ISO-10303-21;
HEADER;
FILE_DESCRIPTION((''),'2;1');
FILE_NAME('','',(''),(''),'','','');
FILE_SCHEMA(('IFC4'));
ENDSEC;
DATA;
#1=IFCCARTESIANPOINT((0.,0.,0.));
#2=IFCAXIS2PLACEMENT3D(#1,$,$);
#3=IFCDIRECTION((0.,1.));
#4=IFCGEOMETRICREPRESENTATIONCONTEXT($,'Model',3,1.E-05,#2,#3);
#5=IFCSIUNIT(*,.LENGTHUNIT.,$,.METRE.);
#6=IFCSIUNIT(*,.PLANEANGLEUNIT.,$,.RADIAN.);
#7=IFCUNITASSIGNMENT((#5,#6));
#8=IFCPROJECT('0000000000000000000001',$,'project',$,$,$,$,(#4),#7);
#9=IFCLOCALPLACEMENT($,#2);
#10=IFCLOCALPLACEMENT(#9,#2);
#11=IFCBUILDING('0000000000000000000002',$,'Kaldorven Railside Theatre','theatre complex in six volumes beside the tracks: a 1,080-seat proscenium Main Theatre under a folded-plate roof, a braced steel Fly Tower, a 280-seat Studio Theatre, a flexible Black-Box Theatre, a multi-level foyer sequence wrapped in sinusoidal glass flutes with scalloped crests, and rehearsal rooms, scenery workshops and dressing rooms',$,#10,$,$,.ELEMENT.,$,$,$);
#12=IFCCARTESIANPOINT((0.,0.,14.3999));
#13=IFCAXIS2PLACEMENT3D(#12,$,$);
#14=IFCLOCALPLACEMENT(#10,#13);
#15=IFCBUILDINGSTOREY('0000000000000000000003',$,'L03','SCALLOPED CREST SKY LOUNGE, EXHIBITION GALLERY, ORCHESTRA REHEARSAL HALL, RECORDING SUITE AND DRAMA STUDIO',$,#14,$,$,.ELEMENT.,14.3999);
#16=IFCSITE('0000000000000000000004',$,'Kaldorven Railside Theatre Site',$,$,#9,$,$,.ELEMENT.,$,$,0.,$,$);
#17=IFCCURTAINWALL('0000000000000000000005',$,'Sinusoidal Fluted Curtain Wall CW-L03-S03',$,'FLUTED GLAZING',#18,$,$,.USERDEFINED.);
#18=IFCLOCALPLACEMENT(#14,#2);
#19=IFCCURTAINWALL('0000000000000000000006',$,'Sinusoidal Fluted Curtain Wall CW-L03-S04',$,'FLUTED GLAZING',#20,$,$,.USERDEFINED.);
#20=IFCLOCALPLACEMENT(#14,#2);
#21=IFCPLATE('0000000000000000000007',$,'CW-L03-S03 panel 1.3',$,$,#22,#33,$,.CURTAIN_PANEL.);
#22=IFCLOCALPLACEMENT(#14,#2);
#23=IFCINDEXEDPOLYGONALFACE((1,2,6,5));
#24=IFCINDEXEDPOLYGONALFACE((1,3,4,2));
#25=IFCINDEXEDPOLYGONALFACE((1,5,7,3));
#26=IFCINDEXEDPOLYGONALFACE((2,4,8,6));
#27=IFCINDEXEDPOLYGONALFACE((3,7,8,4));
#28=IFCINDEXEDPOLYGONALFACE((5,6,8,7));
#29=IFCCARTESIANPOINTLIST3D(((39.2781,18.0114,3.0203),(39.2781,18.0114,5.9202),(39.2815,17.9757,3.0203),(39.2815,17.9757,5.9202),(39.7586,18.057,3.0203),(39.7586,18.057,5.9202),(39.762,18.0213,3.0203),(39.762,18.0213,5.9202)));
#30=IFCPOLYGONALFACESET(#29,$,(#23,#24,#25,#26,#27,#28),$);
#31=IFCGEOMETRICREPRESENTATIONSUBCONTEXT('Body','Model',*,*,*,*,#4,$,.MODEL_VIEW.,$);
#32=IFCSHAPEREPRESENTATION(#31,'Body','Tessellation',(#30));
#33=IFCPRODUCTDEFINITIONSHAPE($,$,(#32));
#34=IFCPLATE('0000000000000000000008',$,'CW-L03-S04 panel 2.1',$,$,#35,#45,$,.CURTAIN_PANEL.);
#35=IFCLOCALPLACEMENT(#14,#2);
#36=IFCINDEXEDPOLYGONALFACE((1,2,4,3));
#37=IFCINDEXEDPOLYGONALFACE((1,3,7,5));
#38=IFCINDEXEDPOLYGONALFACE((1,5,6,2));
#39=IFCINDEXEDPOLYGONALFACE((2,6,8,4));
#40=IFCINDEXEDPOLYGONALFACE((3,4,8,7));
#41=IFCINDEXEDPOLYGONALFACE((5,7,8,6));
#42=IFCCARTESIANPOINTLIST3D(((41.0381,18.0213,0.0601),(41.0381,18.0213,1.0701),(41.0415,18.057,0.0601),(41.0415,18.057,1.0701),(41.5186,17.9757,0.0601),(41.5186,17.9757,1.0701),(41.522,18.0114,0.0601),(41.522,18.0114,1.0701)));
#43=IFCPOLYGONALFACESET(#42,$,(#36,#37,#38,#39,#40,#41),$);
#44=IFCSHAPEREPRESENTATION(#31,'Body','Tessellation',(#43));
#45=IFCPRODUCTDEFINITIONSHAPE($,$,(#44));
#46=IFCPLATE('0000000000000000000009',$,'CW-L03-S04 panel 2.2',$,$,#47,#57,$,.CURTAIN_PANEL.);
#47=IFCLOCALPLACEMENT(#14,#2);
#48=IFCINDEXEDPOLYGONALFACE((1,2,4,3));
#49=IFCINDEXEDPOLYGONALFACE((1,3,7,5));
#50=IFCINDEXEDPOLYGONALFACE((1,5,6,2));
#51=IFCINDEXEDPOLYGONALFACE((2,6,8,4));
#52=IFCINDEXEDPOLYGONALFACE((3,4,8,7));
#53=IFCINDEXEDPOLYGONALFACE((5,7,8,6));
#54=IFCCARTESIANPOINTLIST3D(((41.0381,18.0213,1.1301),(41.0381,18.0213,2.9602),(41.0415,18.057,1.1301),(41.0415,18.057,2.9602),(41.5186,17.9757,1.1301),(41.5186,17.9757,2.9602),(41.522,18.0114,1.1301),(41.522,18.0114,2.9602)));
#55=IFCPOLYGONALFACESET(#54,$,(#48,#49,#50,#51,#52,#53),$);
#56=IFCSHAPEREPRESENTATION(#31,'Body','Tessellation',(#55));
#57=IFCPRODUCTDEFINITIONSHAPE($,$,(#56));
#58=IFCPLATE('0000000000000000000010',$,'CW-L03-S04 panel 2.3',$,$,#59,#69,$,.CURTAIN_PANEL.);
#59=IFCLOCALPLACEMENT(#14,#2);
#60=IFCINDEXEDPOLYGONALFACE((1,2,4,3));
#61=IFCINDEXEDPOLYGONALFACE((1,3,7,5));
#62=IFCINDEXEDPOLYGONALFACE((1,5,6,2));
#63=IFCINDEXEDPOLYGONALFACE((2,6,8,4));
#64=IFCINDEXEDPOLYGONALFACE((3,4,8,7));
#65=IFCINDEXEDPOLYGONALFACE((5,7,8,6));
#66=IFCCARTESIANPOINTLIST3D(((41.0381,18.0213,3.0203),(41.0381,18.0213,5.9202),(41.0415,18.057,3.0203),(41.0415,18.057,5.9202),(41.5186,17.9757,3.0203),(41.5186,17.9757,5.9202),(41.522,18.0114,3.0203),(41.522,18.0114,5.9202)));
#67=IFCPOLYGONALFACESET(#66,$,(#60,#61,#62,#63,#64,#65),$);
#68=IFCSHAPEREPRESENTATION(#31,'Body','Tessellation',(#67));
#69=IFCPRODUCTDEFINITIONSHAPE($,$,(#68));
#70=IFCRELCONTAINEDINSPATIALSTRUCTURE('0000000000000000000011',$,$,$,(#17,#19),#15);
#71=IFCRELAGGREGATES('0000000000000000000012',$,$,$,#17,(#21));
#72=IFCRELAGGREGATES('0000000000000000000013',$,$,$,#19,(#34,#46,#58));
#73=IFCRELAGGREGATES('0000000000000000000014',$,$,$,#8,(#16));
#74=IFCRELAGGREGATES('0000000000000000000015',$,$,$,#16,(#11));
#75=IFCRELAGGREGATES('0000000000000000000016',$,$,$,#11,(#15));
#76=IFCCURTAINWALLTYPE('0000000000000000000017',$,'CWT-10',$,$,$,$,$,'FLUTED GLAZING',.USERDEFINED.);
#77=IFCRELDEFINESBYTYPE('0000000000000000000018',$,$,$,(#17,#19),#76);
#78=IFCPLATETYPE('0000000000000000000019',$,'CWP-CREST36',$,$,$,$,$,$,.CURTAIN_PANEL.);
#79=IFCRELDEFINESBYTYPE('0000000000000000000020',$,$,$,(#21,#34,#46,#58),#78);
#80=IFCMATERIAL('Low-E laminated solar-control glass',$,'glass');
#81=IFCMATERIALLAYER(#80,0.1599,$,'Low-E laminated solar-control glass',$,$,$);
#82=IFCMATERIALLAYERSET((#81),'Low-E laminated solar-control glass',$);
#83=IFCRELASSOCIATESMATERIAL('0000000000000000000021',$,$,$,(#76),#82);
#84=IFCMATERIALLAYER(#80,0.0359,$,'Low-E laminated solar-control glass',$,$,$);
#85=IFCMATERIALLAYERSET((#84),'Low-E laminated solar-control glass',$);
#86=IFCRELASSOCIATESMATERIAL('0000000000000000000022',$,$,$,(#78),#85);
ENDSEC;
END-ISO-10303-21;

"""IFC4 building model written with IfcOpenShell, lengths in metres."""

from ifc_helpers import new_model, si_unit, direction, frame, origin, origin_2d, place, context, subcontext, project, spatial, rectangle, extrude, material, layer, layer_set, type_object, element, aggregate, save


model = new_model("IFC4")

# Units and contexts
model_context = context("Model", 3, precision=1e-05, world=origin(), true_north=direction((0.0, 1.0)))
body_context = subcontext(model_context, "Body", "Model", "MODEL_VIEW")
ifc_project = project(units=[si_unit("LENGTHUNIT", "METRE"), si_unit("PLANEANGLEUNIT", "RADIAN")], contexts=[model_context])

# Site, building, storey
site_placement = place(None, origin())
site = spatial("IfcSite", under=ifc_project, at=site_placement, Name="Kaldorven Railside Theatre Site", CompositionType="ELEMENT", RefElevation=0.0)
building_placement = place(site_placement, origin())
building = spatial("IfcBuilding", under=site, at=building_placement, Name="Kaldorven Railside Theatre", Description="theatre complex in six volumes beside the tracks: a 1,080-seat proscenium Main Theatre under a folded-plate roof, a braced steel Fly Tower, a 280-seat Studio Theatre, a flexible Black-Box Theatre, a multi-level foyer sequence wrapped in sinusoidal glass flutes with scalloped crests, and rehearsal rooms, scenery workshops and dressing rooms", CompositionType="ELEMENT")
storey_placement = place(building_placement, frame((0.0, 0.0, 14.3999)))
storey = spatial("IfcBuildingStorey", under=building, at=storey_placement, Name="L03", Description="SCALLOPED CREST SKY LOUNGE, EXHIBITION GALLERY, ORCHESTRA REHEARSAL HALL, RECORDING SUITE AND DRAMA STUDIO", CompositionType="ELEMENT", Elevation=14.3999)

# Shared definitions
ifc_material_1 = material(Name="Low-E laminated solar-control glass", Category="glass")

# Curtain wall
ifc_layer_1 = layer(ifc_material_1, 0.1599, Name="Low-E laminated solar-control glass")
ifc_layer_set_1 = layer_set([ifc_layer_1], Name="Low-E laminated solar-control glass")
curtain_wall_type_1 = type_object("IfcCurtainWallType", Name="CWT-10", ElementType="FLUTED GLAZING", PredefinedType="USERDEFINED", material=ifc_layer_set_1)
curtain_wall_1_placement = place(storey_placement, origin())
curtain_wall_1 = element("IfcCurtainWall", 1, at=curtain_wall_1_placement, inside=storey, type_object=curtain_wall_type_1, Name="Sinusoidal Fluted Curtain Wall CW-L03-S03", ObjectType="FLUTED GLAZING", PredefinedType="USERDEFINED")

# Curtain wall
curtain_wall_2_placement = place(storey_placement, origin())
curtain_wall_2 = element("IfcCurtainWall", 2, at=curtain_wall_2_placement, inside=storey, type_object=curtain_wall_type_1, Name="Sinusoidal Fluted Curtain Wall CW-L03-S04", ObjectType="FLUTED GLAZING", PredefinedType="USERDEFINED")

# Plates
ifc_layer_2 = layer(ifc_material_1, 0.0359, Name="Low-E laminated solar-control glass")
ifc_layer_set_2 = layer_set([ifc_layer_2], Name="Low-E laminated solar-control glass")
plate_type = type_object("IfcPlateType", Name="CWP-CREST36", PredefinedType="CURTAIN_PANEL", material=ifc_layer_set_2)
plate_1_placement = place(storey_placement, frame((39.52, 18.0164, 3.0203), z_axis=(0.0, 0.0, 1.0), x_axis=(0.995526, 0.094492, 0.0)))
plate_1 = element("IfcPlate", 3, at=plate_1_placement, type_object=plate_type, Name="CW-L03-S03 panel 1.3", PredefinedType="CURTAIN_PANEL", context=body_context, shape_type="SweptSolid", body=[
    extrude(rectangle(XDim=0.4827, YDim=0.0359, at=origin_2d()), origin(), (0.0, 0.0, 1.0), 2.8999),
])
aggregate(curtain_wall_1, [plate_1])
plate_2_placement = place(storey_placement, frame((41.28, 18.0164, 0.0601), z_axis=(0.0, 0.0, 1.0), x_axis=(0.995526, -0.094492, 0.0)))
plate_2 = element("IfcPlate", 4, at=plate_2_placement, type_object=plate_type, Name="CW-L03-S04 panel 2.1", PredefinedType="CURTAIN_PANEL", context=body_context, shape_type="SweptSolid", body=[
    extrude(rectangle(XDim=0.4827, YDim=0.0359, at=origin_2d()), origin(), (0.0, 0.0, 1.0), 1.01),
])
plate_3_placement = place(storey_placement, frame((41.28, 18.0164, 1.1301), z_axis=(0.0, 0.0, 1.0), x_axis=(0.995526, -0.094492, 0.0)))
plate_3 = element("IfcPlate", 5, at=plate_3_placement, type_object=plate_type, Name="CW-L03-S04 panel 2.2", PredefinedType="CURTAIN_PANEL", context=body_context, shape_type="SweptSolid", body=[
    extrude(rectangle(XDim=0.4827, YDim=0.0359, at=origin_2d()), origin(), (0.0, 0.0, 1.0), 1.8301),
])
plate_4_placement = place(storey_placement, frame((41.28, 18.0164, 3.0203), z_axis=(0.0, 0.0, 1.0), x_axis=(0.995526, -0.094492, 0.0)))
plate_4 = element("IfcPlate", 6, at=plate_4_placement, type_object=plate_type, Name="CW-L03-S04 panel 2.3", PredefinedType="CURTAIN_PANEL", context=body_context, shape_type="SweptSolid", body=[
    extrude(rectangle(XDim=0.4827, YDim=0.0359, at=origin_2d()), origin(), (0.0, 0.0, 1.0), 2.8999),
])
aggregate(curtain_wall_2, [plate_2, plate_3, plate_4])

save(model, "model.ifc")
